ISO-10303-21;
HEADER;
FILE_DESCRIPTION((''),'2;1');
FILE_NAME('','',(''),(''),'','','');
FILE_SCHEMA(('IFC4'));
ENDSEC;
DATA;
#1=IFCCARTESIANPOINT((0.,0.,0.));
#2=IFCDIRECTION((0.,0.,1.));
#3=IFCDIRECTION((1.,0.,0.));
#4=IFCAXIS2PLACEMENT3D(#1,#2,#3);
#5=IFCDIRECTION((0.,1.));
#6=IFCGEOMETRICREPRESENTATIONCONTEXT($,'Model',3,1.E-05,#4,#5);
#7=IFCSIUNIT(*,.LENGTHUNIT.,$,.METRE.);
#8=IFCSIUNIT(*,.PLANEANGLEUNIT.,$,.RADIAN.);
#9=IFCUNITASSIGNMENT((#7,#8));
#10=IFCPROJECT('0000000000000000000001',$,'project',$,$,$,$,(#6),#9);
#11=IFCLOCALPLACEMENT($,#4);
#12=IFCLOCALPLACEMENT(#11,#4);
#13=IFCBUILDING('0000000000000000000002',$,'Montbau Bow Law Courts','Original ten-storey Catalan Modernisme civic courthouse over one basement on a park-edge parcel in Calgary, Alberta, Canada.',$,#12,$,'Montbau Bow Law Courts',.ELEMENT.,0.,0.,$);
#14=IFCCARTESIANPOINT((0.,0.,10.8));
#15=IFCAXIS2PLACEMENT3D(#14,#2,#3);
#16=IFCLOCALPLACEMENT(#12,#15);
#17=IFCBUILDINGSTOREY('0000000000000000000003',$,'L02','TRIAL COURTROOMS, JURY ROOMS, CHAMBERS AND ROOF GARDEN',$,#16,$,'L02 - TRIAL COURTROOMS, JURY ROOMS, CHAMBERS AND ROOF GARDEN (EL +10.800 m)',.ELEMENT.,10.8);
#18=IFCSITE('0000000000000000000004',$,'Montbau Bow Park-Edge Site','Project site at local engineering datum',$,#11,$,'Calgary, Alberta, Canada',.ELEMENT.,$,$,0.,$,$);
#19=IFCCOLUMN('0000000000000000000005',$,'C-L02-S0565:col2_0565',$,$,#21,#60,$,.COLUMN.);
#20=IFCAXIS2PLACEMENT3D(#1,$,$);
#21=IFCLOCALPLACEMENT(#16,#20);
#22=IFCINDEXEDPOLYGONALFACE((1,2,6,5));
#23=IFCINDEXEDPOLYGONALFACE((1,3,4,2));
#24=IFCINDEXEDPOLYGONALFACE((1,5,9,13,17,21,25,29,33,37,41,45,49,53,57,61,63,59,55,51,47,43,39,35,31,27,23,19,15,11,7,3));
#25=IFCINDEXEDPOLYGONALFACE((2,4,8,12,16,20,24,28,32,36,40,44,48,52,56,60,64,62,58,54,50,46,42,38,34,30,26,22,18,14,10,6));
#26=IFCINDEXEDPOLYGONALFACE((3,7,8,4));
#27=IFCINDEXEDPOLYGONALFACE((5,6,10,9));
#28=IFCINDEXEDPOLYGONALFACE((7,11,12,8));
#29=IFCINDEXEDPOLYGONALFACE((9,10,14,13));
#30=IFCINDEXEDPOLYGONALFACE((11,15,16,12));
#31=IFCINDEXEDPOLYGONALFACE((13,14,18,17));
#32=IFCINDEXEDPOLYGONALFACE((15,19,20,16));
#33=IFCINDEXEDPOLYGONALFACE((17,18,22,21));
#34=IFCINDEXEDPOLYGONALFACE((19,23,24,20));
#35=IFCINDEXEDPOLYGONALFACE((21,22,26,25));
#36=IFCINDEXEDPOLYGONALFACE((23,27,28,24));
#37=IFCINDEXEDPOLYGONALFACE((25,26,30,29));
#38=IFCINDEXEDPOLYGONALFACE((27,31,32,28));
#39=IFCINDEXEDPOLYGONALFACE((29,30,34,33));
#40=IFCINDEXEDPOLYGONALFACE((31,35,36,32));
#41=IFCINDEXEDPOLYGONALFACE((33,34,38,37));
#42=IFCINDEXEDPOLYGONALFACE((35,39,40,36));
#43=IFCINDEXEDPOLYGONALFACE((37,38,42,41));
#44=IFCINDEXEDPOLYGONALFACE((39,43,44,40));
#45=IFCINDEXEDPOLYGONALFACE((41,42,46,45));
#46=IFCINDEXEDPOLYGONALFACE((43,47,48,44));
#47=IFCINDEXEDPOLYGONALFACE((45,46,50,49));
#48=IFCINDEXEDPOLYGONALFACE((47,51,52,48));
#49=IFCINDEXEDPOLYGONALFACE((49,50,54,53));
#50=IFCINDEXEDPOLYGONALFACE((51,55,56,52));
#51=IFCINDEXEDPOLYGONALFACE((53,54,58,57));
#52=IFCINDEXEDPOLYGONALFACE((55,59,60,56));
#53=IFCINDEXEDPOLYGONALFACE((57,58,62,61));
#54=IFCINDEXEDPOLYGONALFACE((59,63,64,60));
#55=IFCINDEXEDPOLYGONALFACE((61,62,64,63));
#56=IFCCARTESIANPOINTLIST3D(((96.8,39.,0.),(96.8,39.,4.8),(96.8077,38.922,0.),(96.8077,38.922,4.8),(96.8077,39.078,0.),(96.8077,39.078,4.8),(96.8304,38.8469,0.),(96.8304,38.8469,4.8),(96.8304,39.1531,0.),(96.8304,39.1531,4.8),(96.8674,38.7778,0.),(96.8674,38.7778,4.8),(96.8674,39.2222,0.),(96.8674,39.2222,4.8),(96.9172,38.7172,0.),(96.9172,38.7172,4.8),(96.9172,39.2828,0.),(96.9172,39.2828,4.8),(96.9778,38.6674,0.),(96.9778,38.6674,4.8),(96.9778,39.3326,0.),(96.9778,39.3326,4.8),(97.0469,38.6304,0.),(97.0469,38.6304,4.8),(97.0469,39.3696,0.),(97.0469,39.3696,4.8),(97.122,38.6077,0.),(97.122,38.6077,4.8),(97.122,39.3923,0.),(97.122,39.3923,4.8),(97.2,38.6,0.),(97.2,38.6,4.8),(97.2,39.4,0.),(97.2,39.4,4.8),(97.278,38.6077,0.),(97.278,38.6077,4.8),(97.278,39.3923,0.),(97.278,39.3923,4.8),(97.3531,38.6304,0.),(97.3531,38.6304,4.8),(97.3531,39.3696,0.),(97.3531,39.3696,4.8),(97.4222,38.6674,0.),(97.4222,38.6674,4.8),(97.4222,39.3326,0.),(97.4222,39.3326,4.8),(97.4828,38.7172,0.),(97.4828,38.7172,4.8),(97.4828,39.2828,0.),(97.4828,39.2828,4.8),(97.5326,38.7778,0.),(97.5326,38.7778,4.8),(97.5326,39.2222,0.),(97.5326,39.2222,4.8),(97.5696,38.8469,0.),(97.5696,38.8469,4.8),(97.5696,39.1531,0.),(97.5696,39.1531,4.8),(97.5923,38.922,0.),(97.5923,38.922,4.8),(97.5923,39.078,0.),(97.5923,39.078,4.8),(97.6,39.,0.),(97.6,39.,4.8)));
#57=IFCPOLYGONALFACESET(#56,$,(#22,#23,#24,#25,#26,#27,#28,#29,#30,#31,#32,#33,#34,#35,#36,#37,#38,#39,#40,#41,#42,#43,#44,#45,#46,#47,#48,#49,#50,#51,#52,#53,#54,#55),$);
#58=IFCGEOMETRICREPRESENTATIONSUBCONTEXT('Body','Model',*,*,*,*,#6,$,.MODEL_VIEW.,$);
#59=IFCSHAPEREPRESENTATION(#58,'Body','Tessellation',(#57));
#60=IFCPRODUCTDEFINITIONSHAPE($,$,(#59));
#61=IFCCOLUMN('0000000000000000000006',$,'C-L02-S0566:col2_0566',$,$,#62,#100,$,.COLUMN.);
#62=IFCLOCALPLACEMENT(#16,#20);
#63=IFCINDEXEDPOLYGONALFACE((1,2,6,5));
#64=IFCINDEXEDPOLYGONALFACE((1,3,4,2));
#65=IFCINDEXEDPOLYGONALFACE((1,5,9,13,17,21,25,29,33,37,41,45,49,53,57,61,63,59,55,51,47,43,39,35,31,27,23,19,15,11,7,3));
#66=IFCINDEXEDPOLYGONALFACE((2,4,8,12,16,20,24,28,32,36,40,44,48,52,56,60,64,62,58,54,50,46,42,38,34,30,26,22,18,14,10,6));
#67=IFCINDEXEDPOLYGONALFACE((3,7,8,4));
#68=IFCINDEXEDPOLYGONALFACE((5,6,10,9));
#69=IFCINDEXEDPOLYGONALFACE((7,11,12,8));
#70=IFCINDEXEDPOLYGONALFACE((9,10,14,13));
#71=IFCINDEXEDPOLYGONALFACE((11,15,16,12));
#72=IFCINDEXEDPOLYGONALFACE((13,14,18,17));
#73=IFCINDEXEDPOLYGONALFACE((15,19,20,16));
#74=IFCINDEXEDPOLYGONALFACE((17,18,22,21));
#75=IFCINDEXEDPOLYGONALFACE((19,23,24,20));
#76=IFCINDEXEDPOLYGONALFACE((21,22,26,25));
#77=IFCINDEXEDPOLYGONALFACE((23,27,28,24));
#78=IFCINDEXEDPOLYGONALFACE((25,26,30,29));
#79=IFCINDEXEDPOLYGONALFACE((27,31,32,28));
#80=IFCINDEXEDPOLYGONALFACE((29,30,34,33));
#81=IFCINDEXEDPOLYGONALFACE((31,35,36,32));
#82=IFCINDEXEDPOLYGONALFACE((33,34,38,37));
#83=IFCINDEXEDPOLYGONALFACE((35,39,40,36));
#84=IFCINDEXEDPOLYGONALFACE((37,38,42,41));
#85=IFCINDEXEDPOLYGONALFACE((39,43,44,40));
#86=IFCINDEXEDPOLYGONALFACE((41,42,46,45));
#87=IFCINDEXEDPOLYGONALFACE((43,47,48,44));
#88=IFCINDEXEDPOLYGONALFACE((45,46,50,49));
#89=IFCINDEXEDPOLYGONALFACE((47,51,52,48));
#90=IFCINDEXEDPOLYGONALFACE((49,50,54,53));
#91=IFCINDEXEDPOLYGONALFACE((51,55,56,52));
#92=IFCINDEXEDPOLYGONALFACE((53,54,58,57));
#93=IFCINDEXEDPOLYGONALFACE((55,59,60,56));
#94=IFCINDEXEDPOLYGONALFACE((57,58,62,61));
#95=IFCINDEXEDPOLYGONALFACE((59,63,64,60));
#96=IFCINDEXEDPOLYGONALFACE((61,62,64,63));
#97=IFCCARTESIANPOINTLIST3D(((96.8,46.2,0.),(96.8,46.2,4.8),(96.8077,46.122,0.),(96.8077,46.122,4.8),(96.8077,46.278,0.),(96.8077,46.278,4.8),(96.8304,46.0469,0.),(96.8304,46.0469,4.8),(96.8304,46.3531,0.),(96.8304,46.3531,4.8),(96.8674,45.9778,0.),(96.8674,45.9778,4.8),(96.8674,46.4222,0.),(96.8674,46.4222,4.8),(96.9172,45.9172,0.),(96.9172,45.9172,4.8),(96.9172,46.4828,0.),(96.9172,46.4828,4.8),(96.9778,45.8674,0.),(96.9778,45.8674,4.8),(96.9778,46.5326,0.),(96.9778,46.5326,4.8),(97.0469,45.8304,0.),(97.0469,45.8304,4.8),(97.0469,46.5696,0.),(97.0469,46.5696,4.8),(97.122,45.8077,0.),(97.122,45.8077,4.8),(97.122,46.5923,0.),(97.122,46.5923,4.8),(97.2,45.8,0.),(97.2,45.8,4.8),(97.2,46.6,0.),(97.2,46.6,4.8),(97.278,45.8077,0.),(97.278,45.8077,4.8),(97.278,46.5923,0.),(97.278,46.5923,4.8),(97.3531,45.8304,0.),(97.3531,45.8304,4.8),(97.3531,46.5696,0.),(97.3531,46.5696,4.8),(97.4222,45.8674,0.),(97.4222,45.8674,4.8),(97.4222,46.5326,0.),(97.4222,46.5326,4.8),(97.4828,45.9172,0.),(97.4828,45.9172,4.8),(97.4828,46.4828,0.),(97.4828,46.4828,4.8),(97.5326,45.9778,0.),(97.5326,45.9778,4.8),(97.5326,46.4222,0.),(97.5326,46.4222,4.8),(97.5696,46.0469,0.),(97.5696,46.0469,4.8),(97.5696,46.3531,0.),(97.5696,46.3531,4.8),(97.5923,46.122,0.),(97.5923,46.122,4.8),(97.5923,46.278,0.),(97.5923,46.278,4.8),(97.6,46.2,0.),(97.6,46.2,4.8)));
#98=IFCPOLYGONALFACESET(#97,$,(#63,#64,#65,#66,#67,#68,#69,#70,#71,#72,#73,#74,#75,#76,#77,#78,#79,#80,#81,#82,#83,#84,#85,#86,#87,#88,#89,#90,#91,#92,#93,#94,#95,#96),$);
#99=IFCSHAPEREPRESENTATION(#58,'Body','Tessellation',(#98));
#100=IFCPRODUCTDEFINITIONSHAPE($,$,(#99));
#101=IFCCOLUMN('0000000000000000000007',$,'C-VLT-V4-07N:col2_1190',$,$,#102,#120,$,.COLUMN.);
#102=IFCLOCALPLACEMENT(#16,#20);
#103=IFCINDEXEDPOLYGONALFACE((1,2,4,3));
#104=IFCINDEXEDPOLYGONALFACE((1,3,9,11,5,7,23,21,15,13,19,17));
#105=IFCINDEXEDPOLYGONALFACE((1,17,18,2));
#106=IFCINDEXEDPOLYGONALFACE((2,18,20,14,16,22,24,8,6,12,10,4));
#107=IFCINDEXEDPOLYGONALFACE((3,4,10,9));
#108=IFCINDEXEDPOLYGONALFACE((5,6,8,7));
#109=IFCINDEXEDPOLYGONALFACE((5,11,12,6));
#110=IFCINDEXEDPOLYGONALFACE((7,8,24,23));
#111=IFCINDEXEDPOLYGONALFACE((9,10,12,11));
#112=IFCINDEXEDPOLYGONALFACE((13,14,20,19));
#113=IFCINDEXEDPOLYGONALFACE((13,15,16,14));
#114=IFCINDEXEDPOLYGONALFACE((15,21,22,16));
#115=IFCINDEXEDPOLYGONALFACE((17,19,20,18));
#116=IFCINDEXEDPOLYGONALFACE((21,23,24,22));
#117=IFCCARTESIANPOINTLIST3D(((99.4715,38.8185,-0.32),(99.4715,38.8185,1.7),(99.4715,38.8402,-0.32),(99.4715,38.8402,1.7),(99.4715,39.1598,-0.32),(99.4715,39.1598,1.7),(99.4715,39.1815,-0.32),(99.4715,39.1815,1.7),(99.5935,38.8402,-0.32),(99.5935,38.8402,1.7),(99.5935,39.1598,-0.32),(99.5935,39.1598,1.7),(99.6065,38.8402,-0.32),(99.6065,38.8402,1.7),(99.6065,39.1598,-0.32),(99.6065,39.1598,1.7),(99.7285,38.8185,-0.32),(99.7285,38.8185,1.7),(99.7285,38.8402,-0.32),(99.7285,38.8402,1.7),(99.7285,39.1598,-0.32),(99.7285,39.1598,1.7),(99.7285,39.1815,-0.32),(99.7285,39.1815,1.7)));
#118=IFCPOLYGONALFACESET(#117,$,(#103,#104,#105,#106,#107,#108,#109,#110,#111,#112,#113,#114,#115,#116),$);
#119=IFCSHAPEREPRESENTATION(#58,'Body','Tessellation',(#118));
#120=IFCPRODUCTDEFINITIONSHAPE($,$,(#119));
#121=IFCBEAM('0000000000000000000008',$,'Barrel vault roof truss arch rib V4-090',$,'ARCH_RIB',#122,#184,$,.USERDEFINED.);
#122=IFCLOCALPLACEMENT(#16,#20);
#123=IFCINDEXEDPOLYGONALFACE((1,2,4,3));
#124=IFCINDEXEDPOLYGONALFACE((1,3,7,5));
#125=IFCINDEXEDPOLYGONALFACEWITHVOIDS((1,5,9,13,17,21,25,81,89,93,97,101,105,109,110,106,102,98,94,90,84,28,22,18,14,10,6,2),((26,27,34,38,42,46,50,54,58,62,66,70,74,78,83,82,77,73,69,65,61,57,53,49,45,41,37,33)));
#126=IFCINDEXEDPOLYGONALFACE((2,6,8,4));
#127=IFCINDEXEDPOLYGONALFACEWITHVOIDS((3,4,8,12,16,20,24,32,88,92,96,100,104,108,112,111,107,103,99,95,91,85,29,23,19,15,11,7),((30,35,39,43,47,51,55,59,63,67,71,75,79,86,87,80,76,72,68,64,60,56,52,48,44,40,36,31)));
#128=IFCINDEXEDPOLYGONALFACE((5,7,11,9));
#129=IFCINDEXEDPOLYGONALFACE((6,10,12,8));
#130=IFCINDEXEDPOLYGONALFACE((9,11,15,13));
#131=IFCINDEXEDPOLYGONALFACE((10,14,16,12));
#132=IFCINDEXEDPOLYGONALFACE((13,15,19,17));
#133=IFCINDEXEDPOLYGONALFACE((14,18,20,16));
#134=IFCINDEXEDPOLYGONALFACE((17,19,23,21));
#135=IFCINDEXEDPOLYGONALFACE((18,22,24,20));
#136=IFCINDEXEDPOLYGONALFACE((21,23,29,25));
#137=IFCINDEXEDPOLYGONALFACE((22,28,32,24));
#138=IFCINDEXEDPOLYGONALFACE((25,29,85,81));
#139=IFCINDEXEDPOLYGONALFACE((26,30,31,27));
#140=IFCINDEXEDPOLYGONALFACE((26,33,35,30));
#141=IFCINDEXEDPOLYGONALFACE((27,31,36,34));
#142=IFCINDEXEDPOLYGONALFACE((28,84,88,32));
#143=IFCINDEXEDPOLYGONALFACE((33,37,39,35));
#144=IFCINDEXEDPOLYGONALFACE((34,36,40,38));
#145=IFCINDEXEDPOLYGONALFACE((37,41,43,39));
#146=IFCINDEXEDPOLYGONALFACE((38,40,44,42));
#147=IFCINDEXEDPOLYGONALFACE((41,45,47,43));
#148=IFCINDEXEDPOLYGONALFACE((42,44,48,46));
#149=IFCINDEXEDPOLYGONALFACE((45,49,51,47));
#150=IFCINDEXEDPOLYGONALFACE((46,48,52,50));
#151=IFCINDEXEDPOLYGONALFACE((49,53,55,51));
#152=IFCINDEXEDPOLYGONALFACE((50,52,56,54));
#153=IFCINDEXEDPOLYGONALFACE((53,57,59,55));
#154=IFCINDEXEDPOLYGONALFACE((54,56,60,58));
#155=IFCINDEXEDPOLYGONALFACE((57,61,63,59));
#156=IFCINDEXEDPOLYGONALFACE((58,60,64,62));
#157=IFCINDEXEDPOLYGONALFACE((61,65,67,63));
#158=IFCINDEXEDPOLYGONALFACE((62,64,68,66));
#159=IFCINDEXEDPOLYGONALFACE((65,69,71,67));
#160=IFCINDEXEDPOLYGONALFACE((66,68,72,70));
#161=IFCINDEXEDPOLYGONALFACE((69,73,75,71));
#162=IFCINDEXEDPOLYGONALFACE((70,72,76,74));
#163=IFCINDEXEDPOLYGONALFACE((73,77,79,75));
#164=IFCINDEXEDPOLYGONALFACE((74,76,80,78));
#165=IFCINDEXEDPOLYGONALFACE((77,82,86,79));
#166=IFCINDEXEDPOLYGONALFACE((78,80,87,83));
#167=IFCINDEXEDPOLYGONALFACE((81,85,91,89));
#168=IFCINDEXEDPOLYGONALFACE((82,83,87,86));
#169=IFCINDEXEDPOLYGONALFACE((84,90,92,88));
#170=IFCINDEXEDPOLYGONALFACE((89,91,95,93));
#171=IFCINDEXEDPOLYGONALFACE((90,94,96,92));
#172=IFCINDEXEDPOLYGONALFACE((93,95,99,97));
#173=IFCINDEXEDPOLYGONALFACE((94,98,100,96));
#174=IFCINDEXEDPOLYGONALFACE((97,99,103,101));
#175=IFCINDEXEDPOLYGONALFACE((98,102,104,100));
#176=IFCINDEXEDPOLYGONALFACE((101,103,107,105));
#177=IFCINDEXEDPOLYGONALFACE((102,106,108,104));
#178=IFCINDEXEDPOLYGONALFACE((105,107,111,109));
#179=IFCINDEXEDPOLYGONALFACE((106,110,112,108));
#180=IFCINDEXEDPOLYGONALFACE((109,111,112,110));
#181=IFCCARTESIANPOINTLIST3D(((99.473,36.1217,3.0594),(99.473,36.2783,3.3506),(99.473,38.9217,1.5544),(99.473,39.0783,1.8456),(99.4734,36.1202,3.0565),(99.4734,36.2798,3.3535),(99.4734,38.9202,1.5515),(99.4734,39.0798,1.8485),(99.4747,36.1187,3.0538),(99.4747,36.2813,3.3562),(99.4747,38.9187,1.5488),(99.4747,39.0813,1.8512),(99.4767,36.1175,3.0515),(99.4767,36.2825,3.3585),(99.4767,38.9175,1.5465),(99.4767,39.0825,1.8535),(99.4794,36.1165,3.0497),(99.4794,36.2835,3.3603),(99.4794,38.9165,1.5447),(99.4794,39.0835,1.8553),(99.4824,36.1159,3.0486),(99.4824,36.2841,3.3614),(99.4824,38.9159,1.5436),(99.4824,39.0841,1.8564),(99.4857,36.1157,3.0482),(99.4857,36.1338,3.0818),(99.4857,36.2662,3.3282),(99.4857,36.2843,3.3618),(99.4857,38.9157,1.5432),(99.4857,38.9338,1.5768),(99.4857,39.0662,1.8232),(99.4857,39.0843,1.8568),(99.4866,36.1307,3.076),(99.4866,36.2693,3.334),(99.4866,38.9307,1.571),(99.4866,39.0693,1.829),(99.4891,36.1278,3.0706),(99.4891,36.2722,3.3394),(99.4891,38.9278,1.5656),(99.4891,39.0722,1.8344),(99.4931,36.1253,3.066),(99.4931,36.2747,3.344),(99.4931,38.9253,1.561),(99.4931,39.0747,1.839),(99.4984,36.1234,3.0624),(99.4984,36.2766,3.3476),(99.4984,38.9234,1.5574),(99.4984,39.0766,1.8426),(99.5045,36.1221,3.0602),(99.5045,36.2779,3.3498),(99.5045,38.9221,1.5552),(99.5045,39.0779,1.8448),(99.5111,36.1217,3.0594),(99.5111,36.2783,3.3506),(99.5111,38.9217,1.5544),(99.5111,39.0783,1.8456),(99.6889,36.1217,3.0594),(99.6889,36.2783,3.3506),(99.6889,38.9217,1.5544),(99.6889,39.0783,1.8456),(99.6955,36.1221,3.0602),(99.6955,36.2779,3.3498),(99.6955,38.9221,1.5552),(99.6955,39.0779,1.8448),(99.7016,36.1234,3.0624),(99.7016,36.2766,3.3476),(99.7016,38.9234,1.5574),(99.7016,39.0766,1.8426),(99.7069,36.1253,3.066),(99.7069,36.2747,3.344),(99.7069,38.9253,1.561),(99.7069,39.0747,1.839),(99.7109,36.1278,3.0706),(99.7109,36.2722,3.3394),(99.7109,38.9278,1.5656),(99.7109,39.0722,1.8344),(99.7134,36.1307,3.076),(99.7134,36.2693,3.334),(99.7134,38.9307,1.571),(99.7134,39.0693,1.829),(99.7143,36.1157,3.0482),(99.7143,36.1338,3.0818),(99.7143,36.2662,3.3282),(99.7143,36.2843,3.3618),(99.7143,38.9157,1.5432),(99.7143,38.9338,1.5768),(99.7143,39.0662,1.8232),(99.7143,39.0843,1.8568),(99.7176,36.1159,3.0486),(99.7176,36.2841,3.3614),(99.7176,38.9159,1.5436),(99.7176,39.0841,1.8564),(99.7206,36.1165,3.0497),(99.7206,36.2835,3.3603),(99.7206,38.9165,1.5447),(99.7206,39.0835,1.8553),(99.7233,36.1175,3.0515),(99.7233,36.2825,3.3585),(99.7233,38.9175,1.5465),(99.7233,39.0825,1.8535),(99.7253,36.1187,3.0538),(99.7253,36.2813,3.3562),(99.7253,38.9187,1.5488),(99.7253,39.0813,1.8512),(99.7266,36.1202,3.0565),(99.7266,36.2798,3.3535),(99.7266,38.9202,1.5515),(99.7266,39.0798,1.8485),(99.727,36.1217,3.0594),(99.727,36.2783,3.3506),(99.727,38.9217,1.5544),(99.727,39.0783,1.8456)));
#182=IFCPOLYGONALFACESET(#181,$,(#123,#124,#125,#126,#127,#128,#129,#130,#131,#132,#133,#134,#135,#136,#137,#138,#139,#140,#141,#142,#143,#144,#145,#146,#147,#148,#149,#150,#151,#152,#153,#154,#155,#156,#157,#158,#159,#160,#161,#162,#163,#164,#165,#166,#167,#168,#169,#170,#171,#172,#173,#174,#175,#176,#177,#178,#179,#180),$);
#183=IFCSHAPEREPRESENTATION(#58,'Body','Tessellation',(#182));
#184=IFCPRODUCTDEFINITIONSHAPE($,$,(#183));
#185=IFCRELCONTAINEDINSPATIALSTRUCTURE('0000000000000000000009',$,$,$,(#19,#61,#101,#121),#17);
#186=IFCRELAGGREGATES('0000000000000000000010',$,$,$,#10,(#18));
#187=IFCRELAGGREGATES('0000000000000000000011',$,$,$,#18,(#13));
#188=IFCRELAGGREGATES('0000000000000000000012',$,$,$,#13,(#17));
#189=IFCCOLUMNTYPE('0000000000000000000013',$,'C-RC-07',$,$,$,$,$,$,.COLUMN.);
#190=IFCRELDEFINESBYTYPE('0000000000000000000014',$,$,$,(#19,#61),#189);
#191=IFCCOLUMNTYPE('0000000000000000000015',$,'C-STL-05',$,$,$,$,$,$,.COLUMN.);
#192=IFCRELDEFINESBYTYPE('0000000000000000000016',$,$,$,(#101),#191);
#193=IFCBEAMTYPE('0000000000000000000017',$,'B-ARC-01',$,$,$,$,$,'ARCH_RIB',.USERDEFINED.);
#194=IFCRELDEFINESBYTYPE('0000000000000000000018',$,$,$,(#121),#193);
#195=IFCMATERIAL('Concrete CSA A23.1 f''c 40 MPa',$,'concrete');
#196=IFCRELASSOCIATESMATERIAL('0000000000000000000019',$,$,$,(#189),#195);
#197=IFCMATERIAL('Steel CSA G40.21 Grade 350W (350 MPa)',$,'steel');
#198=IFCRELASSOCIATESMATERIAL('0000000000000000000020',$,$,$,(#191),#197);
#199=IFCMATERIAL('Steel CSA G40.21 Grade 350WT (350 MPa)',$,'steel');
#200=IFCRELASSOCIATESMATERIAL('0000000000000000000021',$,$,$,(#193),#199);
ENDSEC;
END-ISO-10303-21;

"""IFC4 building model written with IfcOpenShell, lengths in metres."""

from ifc_helpers import new_model, si_unit, direction, frame, origin_with_axes, origin_2d_with_axis, place, context, subcontext, project, spatial, hollow_rectangle, circle, i_section, extrude, material, material_profile, profile_set, type_object, element, save


model = new_model("IFC4")

# Units and contexts
model_context = context("Model", 3, precision=1e-05, world=origin_with_axes(), true_north=direction((0.0, 1.0)))
body_context = subcontext(model_context, "Body", "Model", "MODEL_VIEW")
ifc_project = project(units=[si_unit("LENGTHUNIT", "METRE"), si_unit("PLANEANGLEUNIT", "RADIAN")], contexts=[model_context])

# Site, building, storey
site_placement = place(None, origin_with_axes())
site = spatial("IfcSite", under=ifc_project, at=site_placement, Name="Montbau Bow Park-Edge Site", Description="Project site at local engineering datum", LongName="Calgary, Alberta, Canada", CompositionType="ELEMENT", RefElevation=0.0)
building_placement = place(site_placement, origin_with_axes())
building = spatial("IfcBuilding", under=site, at=building_placement, Name="Montbau Bow Law Courts", Description="Original ten-storey Catalan Modernisme civic courthouse over one basement on a park-edge parcel in Calgary, Alberta, Canada.", LongName="Montbau Bow Law Courts", CompositionType="ELEMENT", ElevationOfRefHeight=0.0, ElevationOfTerrain=0.0)
storey_placement = place(building_placement, frame((0.0, 0.0, 10.8), z_axis=(0.0, 0.0, 1.0), x_axis=(1.0, 0.0, 0.0)))
storey = spatial("IfcBuildingStorey", under=building, at=storey_placement, Name="L02", Description="TRIAL COURTROOMS, JURY ROOMS, CHAMBERS AND ROOF GARDEN", LongName="L02 - TRIAL COURTROOMS, JURY ROOMS, CHAMBERS AND ROOF GARDEN (EL +10.800 m)", CompositionType="ELEMENT", Elevation=10.8)

# Columns
ifc_material_1 = material(Name="Concrete CSA A23.1 f'c 40 MPa", Category="concrete")
ifc_material_profile_1 = material_profile(ifc_material_1, circle(Radius=0.4, at=origin_2d_with_axis()), Name="RC800D", Category="Main", Priority=0)
ifc_profile_set_1 = profile_set([ifc_material_profile_1], Name="Concrete CSA A23.1 f'c 40 MPa")
column_type_1 = type_object("IfcColumnType", Name="C-RC-07", PredefinedType="COLUMN", material=ifc_profile_set_1)
for number, where, z_axis, x_axis, name in (
    (1, (97.2, 39.0, 10.8), (0.0, 0.0, 1.0), (1.0, 0.0, 0.0), "C-L02-S0565:col2_0565"),
    (2, (97.2, 46.2, 10.8), (0.0, 0.0, 1.0), (1.0, 0.0, 0.0), "C-L02-S0566:col2_0566"),
):
    element("IfcColumn", number, at=place(None, frame(where, z_axis=z_axis, x_axis=x_axis)), inside=storey, type_object=column_type_1, Name=name, PredefinedType="COLUMN", context=body_context, shape_type="SweptSolid", body=[
        extrude(circle(Radius=0.4, at=origin_2d_with_axis()), origin_with_axes(), (0.0, 0.0, 1.0), 4.8),
    ])
ifc_material_2 = material(Name="Steel CSA G40.21 Grade 350W (350 MPa)", Category="steel")
ifc_material_profile_2 = material_profile(ifc_material_2, i_section(OverallWidth=0.257, OverallDepth=0.363, WebThickness=0.013, FlangeThickness=0.0217, at=origin_2d_with_axis()), Name="W360X122", Category="Main", Priority=0)
ifc_profile_set_2 = profile_set([ifc_material_profile_2], Name="Steel CSA G40.21 Grade 350W (350 MPa)")
column_type_2 = type_object("IfcColumnType", Name="C-STL-05", PredefinedType="COLUMN", material=ifc_profile_set_2)
column_placement = place(None, frame((99.6, 39.0, 10.48), z_axis=(0.0, 0.0, 1.0), x_axis=(1.0, 0.0, 0.0)))
element("IfcColumn", 3, at=column_placement, inside=storey, type_object=column_type_2, Name="C-VLT-V4-07N:col2_1190", PredefinedType="COLUMN", context=body_context, shape_type="SweptSolid", body=[
    extrude(i_section(OverallWidth=0.257, OverallDepth=0.363, WebThickness=0.013, FlangeThickness=0.0217, at=origin_2d_with_axis()), origin_with_axes(), (0.0, 0.0, 1.0), 2.02),
])

# Beam
ifc_material_3 = material(Name="Steel CSA G40.21 Grade 350WT (350 MPa)", Category="steel")
ifc_material_profile_3 = material_profile(ifc_material_3, hollow_rectangle(XDim=0.254, YDim=0.356, WallThickness=0.0127, InnerFilletRadius=0.0254, OuterFilletRadius=0.0127, at=origin_2d_with_axis()), Name="HSS356X254X13", Category="Main", Priority=0)
ifc_profile_set_3 = profile_set([ifc_material_profile_3], Name="Steel CSA G40.21 Grade 350WT (350 MPa)")
beam_type_1 = type_object("IfcBeamType", Name="B-ARC-01", ElementType="ARCH_RIB", PredefinedType="USERDEFINED", material=ifc_profile_set_3)
beam_1_placement = place(None, frame((99.6, 36.2, 14.005), z_axis=(0.0, 0.880824, -0.473443), x_axis=(-1.0, 0.0, 0.0)))
element("IfcBeam", 4, at=beam_1_placement, inside=storey, type_object=beam_type_1, Name="Barrel vault roof truss arch rib V4-090", ObjectType="ARCH_RIB", PredefinedType="USERDEFINED", context=body_context, shape_type="SweptSolid", body=[
    extrude(hollow_rectangle(XDim=0.254, YDim=0.356, WallThickness=0.0127, InnerFilletRadius=0.0254, OuterFilletRadius=0.0127, at=origin_2d_with_axis()), origin_with_axes(), (0.0, 0.0, 1.0), 3.1788),
])

save(model, "model.ifc")
